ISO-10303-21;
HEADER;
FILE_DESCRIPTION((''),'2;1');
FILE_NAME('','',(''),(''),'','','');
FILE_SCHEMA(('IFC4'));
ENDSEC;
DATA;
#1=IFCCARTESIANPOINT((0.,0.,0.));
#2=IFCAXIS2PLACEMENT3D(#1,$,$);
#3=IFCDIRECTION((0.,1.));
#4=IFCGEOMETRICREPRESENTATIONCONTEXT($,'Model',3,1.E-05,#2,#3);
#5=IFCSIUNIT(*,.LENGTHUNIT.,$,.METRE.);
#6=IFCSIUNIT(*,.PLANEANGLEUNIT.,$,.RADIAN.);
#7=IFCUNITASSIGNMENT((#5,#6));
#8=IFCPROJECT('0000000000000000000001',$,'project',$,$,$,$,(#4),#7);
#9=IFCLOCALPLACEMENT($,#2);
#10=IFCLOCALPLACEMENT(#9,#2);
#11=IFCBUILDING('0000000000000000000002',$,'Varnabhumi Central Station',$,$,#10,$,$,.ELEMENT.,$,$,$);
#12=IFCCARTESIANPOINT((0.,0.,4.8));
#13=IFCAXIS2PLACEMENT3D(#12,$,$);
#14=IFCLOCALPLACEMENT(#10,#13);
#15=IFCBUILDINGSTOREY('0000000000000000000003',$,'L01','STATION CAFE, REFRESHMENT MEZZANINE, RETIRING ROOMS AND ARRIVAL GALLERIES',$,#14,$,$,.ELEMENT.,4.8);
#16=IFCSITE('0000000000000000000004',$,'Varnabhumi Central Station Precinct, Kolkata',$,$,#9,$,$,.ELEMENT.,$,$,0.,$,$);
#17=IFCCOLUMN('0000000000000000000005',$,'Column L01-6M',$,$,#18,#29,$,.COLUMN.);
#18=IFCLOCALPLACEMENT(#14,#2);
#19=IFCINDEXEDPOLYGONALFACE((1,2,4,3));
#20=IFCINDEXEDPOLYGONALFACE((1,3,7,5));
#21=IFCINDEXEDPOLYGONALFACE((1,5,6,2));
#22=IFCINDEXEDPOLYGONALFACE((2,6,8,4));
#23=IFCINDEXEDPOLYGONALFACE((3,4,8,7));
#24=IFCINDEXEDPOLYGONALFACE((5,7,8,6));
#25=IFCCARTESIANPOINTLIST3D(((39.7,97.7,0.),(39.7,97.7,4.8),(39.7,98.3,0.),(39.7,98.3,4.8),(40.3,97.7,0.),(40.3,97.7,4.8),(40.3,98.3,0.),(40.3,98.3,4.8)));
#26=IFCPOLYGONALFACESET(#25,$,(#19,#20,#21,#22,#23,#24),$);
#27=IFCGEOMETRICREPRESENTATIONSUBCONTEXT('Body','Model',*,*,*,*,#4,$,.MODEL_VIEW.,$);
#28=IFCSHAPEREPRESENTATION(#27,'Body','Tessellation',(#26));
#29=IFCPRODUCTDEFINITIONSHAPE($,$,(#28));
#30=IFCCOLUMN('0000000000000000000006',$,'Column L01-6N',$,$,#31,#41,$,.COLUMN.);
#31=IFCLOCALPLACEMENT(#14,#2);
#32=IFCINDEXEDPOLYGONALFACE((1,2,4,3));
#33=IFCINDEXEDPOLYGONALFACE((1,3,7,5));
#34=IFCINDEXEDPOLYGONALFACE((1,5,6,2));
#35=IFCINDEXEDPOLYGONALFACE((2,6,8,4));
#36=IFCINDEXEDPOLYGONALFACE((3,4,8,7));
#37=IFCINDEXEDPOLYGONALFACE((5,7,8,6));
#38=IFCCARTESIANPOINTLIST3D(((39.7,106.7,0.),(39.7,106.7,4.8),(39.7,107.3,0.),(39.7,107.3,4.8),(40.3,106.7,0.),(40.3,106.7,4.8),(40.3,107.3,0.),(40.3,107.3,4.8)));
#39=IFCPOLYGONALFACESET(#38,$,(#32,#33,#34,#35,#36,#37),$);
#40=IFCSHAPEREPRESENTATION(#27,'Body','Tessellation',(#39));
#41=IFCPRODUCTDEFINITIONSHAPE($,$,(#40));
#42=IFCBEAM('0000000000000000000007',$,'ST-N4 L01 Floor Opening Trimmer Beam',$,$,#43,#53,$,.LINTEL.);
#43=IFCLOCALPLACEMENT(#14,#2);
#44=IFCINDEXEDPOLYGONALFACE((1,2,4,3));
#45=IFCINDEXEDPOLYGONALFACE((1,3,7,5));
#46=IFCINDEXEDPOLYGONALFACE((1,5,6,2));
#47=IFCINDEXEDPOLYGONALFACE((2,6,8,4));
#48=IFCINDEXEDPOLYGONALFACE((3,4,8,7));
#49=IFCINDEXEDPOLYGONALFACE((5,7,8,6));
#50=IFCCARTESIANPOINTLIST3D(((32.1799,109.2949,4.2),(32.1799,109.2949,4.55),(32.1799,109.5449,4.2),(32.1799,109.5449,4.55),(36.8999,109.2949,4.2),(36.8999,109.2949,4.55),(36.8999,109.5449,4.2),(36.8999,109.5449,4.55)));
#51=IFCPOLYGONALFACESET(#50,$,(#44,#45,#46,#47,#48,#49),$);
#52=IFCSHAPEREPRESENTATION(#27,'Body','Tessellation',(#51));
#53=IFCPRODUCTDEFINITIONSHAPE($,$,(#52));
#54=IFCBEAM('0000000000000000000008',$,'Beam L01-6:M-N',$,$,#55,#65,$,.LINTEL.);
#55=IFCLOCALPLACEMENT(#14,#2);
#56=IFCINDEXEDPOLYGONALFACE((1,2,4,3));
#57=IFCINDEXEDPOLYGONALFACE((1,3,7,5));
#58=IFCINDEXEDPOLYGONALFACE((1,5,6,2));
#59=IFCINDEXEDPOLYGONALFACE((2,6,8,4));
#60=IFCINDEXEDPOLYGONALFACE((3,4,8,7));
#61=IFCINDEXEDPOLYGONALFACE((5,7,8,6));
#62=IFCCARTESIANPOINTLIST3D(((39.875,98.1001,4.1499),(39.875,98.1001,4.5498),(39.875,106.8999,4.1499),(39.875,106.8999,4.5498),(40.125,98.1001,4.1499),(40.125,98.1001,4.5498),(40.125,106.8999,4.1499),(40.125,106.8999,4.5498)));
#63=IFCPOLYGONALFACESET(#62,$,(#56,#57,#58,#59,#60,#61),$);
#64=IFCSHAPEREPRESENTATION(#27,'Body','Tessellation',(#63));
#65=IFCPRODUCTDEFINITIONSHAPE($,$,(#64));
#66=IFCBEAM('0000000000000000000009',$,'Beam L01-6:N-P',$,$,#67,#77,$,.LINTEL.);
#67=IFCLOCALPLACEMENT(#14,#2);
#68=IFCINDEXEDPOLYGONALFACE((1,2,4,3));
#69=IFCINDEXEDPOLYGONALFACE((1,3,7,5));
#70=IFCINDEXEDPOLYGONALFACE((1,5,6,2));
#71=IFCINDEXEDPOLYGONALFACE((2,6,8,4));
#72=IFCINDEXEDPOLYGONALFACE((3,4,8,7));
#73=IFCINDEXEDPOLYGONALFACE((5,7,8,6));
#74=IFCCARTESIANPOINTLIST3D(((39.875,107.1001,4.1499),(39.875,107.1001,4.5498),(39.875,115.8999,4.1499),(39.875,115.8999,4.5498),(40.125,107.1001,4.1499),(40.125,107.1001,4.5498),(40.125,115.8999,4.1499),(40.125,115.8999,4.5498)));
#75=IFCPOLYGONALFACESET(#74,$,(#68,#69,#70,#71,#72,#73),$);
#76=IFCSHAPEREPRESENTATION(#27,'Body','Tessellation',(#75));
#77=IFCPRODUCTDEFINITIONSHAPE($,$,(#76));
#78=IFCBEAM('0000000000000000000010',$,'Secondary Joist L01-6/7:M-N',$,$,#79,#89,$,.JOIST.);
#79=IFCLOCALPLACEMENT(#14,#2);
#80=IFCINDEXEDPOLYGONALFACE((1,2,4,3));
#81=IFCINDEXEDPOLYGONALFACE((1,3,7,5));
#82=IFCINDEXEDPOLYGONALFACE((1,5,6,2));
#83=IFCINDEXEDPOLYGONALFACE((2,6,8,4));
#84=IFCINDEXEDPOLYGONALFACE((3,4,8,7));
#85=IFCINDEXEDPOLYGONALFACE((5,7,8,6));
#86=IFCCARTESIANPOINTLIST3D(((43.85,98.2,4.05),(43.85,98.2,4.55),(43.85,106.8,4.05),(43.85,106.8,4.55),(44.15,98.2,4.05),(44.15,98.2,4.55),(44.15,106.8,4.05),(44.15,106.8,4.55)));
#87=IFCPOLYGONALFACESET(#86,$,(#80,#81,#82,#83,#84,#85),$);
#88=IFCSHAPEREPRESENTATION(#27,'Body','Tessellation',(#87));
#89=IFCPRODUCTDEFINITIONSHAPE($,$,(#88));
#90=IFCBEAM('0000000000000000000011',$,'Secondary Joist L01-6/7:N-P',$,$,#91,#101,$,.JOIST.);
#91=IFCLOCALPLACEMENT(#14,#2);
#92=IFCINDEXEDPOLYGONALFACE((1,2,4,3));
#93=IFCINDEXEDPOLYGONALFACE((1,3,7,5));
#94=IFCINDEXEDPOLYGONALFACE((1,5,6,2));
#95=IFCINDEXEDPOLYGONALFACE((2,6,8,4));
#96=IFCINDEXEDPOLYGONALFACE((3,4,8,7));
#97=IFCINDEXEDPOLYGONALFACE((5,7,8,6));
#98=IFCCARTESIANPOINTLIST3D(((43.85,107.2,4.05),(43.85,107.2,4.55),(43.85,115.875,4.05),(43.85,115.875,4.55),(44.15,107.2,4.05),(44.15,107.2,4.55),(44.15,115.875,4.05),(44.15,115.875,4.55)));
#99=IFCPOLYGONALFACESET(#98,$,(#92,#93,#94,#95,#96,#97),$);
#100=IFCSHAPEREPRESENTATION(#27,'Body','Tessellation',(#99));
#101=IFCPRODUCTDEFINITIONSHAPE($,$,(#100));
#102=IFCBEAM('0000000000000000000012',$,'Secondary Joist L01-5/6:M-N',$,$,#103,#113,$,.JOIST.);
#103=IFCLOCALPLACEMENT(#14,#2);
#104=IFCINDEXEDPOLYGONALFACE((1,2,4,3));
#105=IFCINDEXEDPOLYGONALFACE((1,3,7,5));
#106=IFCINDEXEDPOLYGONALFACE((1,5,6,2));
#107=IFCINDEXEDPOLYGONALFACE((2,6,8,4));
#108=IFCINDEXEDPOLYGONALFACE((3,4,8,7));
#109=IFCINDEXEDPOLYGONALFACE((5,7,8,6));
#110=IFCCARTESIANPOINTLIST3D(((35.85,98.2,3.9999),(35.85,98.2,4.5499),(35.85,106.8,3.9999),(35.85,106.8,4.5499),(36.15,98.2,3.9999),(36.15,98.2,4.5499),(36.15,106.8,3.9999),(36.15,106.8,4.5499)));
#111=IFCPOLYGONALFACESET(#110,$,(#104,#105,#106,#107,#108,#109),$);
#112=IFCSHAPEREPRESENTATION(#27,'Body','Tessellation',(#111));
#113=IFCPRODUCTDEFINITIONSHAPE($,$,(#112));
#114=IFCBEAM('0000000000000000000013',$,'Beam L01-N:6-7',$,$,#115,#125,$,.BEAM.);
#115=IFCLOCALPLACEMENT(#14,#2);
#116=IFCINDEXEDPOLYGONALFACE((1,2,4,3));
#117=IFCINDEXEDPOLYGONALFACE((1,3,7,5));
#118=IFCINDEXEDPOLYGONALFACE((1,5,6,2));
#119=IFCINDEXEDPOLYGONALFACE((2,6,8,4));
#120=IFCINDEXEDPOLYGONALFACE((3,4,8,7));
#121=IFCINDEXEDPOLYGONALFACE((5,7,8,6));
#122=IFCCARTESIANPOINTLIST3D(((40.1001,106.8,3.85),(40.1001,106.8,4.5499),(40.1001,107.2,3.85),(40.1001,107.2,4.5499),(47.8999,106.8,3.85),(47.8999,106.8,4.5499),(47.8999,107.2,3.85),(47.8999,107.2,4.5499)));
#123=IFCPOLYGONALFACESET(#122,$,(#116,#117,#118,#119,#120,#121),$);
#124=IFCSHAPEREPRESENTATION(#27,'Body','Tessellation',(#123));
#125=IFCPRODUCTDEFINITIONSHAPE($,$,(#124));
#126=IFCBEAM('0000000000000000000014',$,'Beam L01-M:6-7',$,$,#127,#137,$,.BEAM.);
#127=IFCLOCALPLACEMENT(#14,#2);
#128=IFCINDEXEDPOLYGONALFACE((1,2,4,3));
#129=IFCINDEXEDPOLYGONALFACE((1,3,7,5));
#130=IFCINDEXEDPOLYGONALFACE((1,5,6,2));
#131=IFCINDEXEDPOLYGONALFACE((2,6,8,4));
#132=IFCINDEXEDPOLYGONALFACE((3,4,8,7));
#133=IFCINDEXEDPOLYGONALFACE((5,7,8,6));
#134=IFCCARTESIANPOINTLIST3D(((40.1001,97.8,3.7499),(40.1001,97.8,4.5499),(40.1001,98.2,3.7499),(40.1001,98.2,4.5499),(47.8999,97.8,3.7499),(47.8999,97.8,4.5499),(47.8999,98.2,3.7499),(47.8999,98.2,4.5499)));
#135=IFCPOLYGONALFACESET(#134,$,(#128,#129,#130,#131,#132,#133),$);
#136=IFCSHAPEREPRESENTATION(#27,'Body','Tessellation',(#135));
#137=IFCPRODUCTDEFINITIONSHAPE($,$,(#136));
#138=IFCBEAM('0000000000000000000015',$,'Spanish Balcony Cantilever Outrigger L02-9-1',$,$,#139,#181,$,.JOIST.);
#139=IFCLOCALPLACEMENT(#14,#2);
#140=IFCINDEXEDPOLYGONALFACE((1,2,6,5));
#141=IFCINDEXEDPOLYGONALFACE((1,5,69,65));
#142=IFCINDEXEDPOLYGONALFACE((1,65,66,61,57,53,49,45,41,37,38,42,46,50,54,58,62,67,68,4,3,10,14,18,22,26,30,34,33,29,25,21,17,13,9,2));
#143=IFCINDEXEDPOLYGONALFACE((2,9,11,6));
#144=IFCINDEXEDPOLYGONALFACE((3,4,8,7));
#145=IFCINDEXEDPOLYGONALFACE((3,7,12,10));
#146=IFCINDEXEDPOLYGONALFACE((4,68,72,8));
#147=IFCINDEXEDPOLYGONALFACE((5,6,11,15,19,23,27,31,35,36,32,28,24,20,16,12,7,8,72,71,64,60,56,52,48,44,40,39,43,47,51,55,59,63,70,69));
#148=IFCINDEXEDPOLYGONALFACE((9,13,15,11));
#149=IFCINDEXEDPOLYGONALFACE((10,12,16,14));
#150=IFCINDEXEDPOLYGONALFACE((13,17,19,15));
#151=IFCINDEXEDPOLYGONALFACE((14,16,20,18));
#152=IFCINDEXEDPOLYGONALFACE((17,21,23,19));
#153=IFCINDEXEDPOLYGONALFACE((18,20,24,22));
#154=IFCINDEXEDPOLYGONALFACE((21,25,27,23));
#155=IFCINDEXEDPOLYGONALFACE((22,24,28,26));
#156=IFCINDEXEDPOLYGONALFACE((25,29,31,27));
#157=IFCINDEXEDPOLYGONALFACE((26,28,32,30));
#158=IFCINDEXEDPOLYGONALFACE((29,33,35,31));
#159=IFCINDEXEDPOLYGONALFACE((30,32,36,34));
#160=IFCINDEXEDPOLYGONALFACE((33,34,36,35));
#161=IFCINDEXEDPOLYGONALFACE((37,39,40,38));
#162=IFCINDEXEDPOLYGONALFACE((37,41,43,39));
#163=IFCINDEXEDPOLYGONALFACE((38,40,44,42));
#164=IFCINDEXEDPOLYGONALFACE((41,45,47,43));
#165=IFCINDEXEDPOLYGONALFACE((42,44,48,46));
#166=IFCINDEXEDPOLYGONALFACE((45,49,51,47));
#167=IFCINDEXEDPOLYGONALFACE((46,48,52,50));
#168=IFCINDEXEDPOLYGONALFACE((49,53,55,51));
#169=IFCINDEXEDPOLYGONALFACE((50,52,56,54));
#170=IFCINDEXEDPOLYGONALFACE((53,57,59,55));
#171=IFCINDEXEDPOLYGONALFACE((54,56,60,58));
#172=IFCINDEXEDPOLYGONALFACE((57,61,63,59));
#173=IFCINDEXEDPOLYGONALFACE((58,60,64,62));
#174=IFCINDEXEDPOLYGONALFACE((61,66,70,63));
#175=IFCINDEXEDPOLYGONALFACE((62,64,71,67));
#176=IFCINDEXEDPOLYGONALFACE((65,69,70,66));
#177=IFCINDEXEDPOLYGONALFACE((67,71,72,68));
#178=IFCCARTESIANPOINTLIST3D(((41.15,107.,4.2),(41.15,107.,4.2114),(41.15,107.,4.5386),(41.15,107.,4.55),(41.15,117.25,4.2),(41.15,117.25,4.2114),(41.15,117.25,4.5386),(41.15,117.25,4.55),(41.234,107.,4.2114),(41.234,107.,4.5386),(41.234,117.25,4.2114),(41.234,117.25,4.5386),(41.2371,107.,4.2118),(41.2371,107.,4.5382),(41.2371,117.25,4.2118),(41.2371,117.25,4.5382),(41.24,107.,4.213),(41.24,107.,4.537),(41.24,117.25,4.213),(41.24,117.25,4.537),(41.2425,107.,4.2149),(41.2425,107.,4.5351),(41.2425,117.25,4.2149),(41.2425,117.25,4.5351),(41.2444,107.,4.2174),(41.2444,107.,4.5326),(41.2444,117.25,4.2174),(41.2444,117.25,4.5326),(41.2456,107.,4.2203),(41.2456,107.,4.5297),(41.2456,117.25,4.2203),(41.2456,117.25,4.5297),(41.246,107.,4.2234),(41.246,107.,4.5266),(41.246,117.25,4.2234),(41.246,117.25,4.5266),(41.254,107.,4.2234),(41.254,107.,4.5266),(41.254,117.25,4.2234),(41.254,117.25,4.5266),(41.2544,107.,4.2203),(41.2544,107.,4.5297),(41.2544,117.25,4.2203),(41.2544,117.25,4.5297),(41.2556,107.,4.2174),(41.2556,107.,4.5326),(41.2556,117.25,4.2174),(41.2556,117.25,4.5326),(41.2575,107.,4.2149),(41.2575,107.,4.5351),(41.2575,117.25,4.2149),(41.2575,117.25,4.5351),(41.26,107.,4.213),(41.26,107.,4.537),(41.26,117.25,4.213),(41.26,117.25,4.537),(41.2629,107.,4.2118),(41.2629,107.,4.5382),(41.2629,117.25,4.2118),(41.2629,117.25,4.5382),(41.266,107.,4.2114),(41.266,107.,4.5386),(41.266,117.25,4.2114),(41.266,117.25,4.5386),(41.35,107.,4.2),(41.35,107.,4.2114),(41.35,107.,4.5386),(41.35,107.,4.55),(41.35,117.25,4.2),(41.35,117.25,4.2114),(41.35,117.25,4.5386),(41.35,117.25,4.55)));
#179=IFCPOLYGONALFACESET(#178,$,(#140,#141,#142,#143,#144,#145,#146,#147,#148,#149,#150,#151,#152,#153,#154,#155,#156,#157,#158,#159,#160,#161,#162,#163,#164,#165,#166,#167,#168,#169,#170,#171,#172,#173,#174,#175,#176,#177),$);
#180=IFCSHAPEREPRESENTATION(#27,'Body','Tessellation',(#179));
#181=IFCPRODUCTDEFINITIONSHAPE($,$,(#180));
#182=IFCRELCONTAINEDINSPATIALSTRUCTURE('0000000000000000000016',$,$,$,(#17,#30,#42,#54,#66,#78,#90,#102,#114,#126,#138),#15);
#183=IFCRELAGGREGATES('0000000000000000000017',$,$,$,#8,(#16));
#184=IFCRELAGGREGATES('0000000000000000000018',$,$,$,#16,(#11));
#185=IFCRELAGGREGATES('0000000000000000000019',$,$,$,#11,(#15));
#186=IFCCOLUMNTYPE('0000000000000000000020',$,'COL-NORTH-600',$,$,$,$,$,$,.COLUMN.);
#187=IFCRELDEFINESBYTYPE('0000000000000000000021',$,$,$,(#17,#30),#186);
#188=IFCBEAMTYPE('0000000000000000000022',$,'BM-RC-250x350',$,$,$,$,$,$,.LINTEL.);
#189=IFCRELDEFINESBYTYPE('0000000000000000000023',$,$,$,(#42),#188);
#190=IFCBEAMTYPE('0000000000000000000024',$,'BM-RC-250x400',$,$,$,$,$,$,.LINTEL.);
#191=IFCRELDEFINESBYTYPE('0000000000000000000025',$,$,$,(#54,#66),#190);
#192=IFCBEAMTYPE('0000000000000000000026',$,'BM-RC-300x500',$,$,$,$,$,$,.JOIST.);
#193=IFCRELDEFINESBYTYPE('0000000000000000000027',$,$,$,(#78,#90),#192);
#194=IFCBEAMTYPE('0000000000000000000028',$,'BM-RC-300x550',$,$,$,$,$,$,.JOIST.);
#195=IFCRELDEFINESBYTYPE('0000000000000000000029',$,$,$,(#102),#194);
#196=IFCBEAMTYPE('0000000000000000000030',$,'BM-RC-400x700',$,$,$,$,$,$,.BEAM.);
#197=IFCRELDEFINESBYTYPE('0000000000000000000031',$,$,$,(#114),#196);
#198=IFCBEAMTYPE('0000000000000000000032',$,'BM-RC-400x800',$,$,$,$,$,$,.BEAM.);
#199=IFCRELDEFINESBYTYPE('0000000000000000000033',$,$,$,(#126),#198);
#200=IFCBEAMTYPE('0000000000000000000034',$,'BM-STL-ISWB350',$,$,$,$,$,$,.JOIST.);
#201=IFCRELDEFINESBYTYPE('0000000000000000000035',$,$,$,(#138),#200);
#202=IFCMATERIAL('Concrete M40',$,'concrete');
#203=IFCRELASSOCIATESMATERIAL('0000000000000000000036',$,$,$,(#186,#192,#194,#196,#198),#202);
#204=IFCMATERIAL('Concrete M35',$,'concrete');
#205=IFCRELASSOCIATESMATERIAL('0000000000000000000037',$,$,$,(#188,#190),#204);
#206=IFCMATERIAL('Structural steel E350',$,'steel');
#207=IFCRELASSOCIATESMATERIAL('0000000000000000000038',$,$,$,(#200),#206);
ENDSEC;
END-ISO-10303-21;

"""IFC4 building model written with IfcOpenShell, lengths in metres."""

from ifc_helpers import new_model, si_unit, direction, frame, origin, origin_2d, place, context, subcontext, project, spatial, rectangle, i_section, extrude, material, material_profile, profile_set, type_object, element, save


model = new_model("IFC4")

# Units and contexts
model_context = context("Model", 3, precision=1e-05, world=origin(), true_north=direction((0.0, 1.0)))
body_context = subcontext(model_context, "Body", "Model", "MODEL_VIEW")
ifc_project = project(units=[si_unit("LENGTHUNIT", "METRE"), si_unit("PLANEANGLEUNIT", "RADIAN")], contexts=[model_context])

# Site, building, storey
site_placement = place(None, origin())
site = spatial("IfcSite", under=ifc_project, at=site_placement, Name="Varnabhumi Central Station Precinct, Kolkata", CompositionType="ELEMENT", RefElevation=0.0)
building_placement = place(site_placement, origin())
building = spatial("IfcBuilding", under=site, at=building_placement, Name="Varnabhumi Central Station", CompositionType="ELEMENT")
storey_placement = place(building_placement, frame((0.0, 0.0, 4.8)))
storey = spatial("IfcBuildingStorey", under=building, at=storey_placement, Name="L01", Description="STATION CAFE, REFRESHMENT MEZZANINE, RETIRING ROOMS AND ARRIVAL GALLERIES", CompositionType="ELEMENT", Elevation=4.8)

# Columns
ifc_material_1 = material(Name="Concrete M40", Category="concrete")
ifc_material_profile_1 = material_profile(ifc_material_1, rectangle(XDim=0.6001, YDim=0.6001, at=origin_2d()), Name="Concrete M40", Category="concrete")
ifc_profile_set_1 = profile_set([ifc_material_profile_1], Name="Concrete M40")
column_type = type_object("IfcColumnType", Name="COL-NORTH-600", PredefinedType="COLUMN", material=ifc_profile_set_1)
for number, where, z_axis, x_axis, name in (
    (1, (40.0, 98.0, 0.0), (0.0, 0.0, 1.0), (1.0, 0.0, 0.0), "Column L01-6M"),
    (2, (40.0, 107.0, 0.0), (0.0, 0.0, 1.0), (1.0, 0.0, 0.0), "Column L01-6N"),
):
    element("IfcColumn", number, at=place(storey_placement, frame(where, z_axis=z_axis, x_axis=x_axis)), inside=storey, type_object=column_type, Name=name, PredefinedType="COLUMN", context=body_context, shape_type="SweptSolid", body=[
        extrude(rectangle(XDim=0.6001, YDim=0.6001, at=origin_2d()), origin(), (0.0, 0.0, 1.0), 4.8),
    ])

# Beams
ifc_material_2 = material(Name="Concrete M35", Category="concrete")
ifc_material_profile_2 = material_profile(ifc_material_2, rectangle(XDim=0.25, YDim=0.3501, at=origin_2d()), Name="Concrete M35", Category="concrete")
ifc_profile_set_2 = profile_set([ifc_material_profile_2], Name="Concrete M35")
beam_type_1 = type_object("IfcBeamType", Name="BM-RC-250x350", PredefinedType="LINTEL", material=ifc_profile_set_2)
beam_1_placement = place(storey_placement, frame((32.1799, 109.4199, 4.375), z_axis=(1.0, 0.0, 0.0), x_axis=(0.0, 1.0, 0.0)))
element("IfcBeam", 3, at=beam_1_placement, inside=storey, type_object=beam_type_1, Name="ST-N4 L01 Floor Opening Trimmer Beam", PredefinedType="LINTEL", context=body_context, shape_type="SweptSolid", body=[
    extrude(rectangle(XDim=0.25, YDim=0.3501, at=origin_2d()), origin(), (0.0, 0.0, 1.0), 4.72),
])
ifc_material_profile_3 = material_profile(ifc_material_2, rectangle(XDim=0.25, YDim=0.3999, at=origin_2d()), Name="Concrete M35", Category="concrete")
ifc_profile_set_3 = profile_set([ifc_material_profile_3], Name="Concrete M35")
beam_type_2 = type_object("IfcBeamType", Name="BM-RC-250x400", PredefinedType="LINTEL", material=ifc_profile_set_3)
for number, where, z_axis, x_axis, name in (
    (4, (40.0, 98.1001, 4.3499), (0.0, 1.0, 0.0), (-1.0, 0.0, 0.0), "Beam L01-6:M-N"),
    (5, (40.0, 107.1001, 4.3499), (0.0, 1.0, 0.0), (-1.0, 0.0, 0.0), "Beam L01-6:N-P"),
):
    element("IfcBeam", number, at=place(storey_placement, frame(where, z_axis=z_axis, x_axis=x_axis)), inside=storey, type_object=beam_type_2, Name=name, PredefinedType="LINTEL", context=body_context, shape_type="SweptSolid", body=[
        extrude(rectangle(XDim=0.25, YDim=0.3999, at=origin_2d()), origin(), (0.0, 0.0, 1.0), 8.7998),
    ])
ifc_material_profile_4 = material_profile(ifc_material_1, rectangle(XDim=0.3, YDim=0.5, at=origin_2d()), Name="Concrete M40", Category="concrete")
ifc_profile_set_4 = profile_set([ifc_material_profile_4], Name="Concrete M40")
beam_type_3 = type_object("IfcBeamType", Name="BM-RC-300x500", PredefinedType="JOIST", material=ifc_profile_set_4)
beam_2_placement = place(storey_placement, frame((44.0, 98.2, 4.3), z_axis=(0.0, 1.0, 0.0), x_axis=(-1.0, 0.0, 0.0)))
element("IfcBeam", 6, at=beam_2_placement, inside=storey, type_object=beam_type_3, Name="Secondary Joist L01-6/7:M-N", PredefinedType="JOIST", context=body_context, shape_type="SweptSolid", body=[
    extrude(rectangle(XDim=0.3, YDim=0.5, at=origin_2d()), origin(), (0.0, 0.0, 1.0), 8.6001),
])
beam_3_placement = place(storey_placement, frame((44.0, 107.2, 4.3), z_axis=(0.0, 1.0, 0.0), x_axis=(-1.0, 0.0, 0.0)))
element("IfcBeam", 7, at=beam_3_placement, inside=storey, type_object=beam_type_3, Name="Secondary Joist L01-6/7:N-P", PredefinedType="JOIST", context=body_context, shape_type="SweptSolid", body=[
    extrude(rectangle(XDim=0.3, YDim=0.5, at=origin_2d()), origin(), (0.0, 0.0, 1.0), 8.675),
])
ifc_material_profile_5 = material_profile(ifc_material_1, rectangle(XDim=0.3, YDim=0.55, at=origin_2d()), Name="Concrete M40", Category="concrete")
ifc_profile_set_5 = profile_set([ifc_material_profile_5], Name="Concrete M40")
beam_type_4 = type_object("IfcBeamType", Name="BM-RC-300x550", PredefinedType="JOIST", material=ifc_profile_set_5)
beam_4_placement = place(storey_placement, frame((36.0, 98.2, 4.2749), z_axis=(0.0, 1.0, 0.0), x_axis=(-1.0, 0.0, 0.0)))
element("IfcBeam", 8, at=beam_4_placement, inside=storey, type_object=beam_type_4, Name="Secondary Joist L01-5/6:M-N", PredefinedType="JOIST", context=body_context, shape_type="SweptSolid", body=[
    extrude(rectangle(XDim=0.3, YDim=0.55, at=origin_2d()), origin(), (0.0, 0.0, 1.0), 8.6001),
])
ifc_material_profile_6 = material_profile(ifc_material_1, rectangle(XDim=0.3999, YDim=0.7, at=origin_2d()), Name="Concrete M40", Category="concrete")
ifc_profile_set_6 = profile_set([ifc_material_profile_6], Name="Concrete M40")
beam_type_5 = type_object("IfcBeamType", Name="BM-RC-400x700", PredefinedType="BEAM", material=ifc_profile_set_6)
beam_5_placement = place(storey_placement, frame((40.1001, 107.0, 4.2), z_axis=(1.0, 0.0, 0.0), x_axis=(0.0, 1.0, 0.0)))
element("IfcBeam", 9, at=beam_5_placement, inside=storey, type_object=beam_type_5, Name="Beam L01-N:6-7", PredefinedType="BEAM", context=body_context, shape_type="SweptSolid", body=[
    extrude(rectangle(XDim=0.3999, YDim=0.7, at=origin_2d()), origin(), (0.0, 0.0, 1.0), 7.7998),
])
ifc_material_profile_7 = material_profile(ifc_material_1, rectangle(XDim=0.3999, YDim=0.8, at=origin_2d()), Name="Concrete M40", Category="concrete")
ifc_profile_set_7 = profile_set([ifc_material_profile_7], Name="Concrete M40")
beam_type_6 = type_object("IfcBeamType", Name="BM-RC-400x800", PredefinedType="BEAM", material=ifc_profile_set_7)
beam_6_placement = place(storey_placement, frame((40.1001, 98.0, 4.1499), z_axis=(1.0, 0.0, 0.0), x_axis=(0.0, 1.0, 0.0)))
element("IfcBeam", 10, at=beam_6_placement, inside=storey, type_object=beam_type_6, Name="Beam L01-M:6-7", PredefinedType="BEAM", context=body_context, shape_type="SweptSolid", body=[
    extrude(rectangle(XDim=0.3999, YDim=0.8, at=origin_2d()), origin(), (0.0, 0.0, 1.0), 7.7998),
])
ifc_material_3 = material(Name="Structural steel E350", Category="steel")
ifc_material_profile_8 = material_profile(ifc_material_3, i_section(OverallWidth=0.2, OverallDepth=0.3501, WebThickness=0.0081, FlangeThickness=0.0115, FilletRadius=0.012, at=origin_2d()), Name="Structural steel E350", Category="steel")
ifc_profile_set_8 = profile_set([ifc_material_profile_8], Name="Structural steel E350")
beam_type_7 = type_object("IfcBeamType", Name="BM-STL-ISWB350", PredefinedType="JOIST", material=ifc_profile_set_8)
for number, where, z_axis, x_axis, name in (
    (11, (41.25, 107.0, 4.375), (0.0, 1.0, 0.0), (-1.0, 0.0, 0.0), "Spanish Balcony Cantilever Outrigger L02-9-1"),
):
    element("IfcBeam", number, at=place(storey_placement, frame(where, z_axis=z_axis, x_axis=x_axis)), inside=storey, type_object=beam_type_7, Name=name, PredefinedType="JOIST", context=body_context, shape_type="SweptSolid", body=[
        extrude(i_section(OverallWidth=0.2, OverallDepth=0.3501, WebThickness=0.0081, FlangeThickness=0.0115, FilletRadius=0.012, at=origin_2d()), origin(), (0.0, 0.0, 1.0), 10.25),
    ])

save(model, "model.ifc")
